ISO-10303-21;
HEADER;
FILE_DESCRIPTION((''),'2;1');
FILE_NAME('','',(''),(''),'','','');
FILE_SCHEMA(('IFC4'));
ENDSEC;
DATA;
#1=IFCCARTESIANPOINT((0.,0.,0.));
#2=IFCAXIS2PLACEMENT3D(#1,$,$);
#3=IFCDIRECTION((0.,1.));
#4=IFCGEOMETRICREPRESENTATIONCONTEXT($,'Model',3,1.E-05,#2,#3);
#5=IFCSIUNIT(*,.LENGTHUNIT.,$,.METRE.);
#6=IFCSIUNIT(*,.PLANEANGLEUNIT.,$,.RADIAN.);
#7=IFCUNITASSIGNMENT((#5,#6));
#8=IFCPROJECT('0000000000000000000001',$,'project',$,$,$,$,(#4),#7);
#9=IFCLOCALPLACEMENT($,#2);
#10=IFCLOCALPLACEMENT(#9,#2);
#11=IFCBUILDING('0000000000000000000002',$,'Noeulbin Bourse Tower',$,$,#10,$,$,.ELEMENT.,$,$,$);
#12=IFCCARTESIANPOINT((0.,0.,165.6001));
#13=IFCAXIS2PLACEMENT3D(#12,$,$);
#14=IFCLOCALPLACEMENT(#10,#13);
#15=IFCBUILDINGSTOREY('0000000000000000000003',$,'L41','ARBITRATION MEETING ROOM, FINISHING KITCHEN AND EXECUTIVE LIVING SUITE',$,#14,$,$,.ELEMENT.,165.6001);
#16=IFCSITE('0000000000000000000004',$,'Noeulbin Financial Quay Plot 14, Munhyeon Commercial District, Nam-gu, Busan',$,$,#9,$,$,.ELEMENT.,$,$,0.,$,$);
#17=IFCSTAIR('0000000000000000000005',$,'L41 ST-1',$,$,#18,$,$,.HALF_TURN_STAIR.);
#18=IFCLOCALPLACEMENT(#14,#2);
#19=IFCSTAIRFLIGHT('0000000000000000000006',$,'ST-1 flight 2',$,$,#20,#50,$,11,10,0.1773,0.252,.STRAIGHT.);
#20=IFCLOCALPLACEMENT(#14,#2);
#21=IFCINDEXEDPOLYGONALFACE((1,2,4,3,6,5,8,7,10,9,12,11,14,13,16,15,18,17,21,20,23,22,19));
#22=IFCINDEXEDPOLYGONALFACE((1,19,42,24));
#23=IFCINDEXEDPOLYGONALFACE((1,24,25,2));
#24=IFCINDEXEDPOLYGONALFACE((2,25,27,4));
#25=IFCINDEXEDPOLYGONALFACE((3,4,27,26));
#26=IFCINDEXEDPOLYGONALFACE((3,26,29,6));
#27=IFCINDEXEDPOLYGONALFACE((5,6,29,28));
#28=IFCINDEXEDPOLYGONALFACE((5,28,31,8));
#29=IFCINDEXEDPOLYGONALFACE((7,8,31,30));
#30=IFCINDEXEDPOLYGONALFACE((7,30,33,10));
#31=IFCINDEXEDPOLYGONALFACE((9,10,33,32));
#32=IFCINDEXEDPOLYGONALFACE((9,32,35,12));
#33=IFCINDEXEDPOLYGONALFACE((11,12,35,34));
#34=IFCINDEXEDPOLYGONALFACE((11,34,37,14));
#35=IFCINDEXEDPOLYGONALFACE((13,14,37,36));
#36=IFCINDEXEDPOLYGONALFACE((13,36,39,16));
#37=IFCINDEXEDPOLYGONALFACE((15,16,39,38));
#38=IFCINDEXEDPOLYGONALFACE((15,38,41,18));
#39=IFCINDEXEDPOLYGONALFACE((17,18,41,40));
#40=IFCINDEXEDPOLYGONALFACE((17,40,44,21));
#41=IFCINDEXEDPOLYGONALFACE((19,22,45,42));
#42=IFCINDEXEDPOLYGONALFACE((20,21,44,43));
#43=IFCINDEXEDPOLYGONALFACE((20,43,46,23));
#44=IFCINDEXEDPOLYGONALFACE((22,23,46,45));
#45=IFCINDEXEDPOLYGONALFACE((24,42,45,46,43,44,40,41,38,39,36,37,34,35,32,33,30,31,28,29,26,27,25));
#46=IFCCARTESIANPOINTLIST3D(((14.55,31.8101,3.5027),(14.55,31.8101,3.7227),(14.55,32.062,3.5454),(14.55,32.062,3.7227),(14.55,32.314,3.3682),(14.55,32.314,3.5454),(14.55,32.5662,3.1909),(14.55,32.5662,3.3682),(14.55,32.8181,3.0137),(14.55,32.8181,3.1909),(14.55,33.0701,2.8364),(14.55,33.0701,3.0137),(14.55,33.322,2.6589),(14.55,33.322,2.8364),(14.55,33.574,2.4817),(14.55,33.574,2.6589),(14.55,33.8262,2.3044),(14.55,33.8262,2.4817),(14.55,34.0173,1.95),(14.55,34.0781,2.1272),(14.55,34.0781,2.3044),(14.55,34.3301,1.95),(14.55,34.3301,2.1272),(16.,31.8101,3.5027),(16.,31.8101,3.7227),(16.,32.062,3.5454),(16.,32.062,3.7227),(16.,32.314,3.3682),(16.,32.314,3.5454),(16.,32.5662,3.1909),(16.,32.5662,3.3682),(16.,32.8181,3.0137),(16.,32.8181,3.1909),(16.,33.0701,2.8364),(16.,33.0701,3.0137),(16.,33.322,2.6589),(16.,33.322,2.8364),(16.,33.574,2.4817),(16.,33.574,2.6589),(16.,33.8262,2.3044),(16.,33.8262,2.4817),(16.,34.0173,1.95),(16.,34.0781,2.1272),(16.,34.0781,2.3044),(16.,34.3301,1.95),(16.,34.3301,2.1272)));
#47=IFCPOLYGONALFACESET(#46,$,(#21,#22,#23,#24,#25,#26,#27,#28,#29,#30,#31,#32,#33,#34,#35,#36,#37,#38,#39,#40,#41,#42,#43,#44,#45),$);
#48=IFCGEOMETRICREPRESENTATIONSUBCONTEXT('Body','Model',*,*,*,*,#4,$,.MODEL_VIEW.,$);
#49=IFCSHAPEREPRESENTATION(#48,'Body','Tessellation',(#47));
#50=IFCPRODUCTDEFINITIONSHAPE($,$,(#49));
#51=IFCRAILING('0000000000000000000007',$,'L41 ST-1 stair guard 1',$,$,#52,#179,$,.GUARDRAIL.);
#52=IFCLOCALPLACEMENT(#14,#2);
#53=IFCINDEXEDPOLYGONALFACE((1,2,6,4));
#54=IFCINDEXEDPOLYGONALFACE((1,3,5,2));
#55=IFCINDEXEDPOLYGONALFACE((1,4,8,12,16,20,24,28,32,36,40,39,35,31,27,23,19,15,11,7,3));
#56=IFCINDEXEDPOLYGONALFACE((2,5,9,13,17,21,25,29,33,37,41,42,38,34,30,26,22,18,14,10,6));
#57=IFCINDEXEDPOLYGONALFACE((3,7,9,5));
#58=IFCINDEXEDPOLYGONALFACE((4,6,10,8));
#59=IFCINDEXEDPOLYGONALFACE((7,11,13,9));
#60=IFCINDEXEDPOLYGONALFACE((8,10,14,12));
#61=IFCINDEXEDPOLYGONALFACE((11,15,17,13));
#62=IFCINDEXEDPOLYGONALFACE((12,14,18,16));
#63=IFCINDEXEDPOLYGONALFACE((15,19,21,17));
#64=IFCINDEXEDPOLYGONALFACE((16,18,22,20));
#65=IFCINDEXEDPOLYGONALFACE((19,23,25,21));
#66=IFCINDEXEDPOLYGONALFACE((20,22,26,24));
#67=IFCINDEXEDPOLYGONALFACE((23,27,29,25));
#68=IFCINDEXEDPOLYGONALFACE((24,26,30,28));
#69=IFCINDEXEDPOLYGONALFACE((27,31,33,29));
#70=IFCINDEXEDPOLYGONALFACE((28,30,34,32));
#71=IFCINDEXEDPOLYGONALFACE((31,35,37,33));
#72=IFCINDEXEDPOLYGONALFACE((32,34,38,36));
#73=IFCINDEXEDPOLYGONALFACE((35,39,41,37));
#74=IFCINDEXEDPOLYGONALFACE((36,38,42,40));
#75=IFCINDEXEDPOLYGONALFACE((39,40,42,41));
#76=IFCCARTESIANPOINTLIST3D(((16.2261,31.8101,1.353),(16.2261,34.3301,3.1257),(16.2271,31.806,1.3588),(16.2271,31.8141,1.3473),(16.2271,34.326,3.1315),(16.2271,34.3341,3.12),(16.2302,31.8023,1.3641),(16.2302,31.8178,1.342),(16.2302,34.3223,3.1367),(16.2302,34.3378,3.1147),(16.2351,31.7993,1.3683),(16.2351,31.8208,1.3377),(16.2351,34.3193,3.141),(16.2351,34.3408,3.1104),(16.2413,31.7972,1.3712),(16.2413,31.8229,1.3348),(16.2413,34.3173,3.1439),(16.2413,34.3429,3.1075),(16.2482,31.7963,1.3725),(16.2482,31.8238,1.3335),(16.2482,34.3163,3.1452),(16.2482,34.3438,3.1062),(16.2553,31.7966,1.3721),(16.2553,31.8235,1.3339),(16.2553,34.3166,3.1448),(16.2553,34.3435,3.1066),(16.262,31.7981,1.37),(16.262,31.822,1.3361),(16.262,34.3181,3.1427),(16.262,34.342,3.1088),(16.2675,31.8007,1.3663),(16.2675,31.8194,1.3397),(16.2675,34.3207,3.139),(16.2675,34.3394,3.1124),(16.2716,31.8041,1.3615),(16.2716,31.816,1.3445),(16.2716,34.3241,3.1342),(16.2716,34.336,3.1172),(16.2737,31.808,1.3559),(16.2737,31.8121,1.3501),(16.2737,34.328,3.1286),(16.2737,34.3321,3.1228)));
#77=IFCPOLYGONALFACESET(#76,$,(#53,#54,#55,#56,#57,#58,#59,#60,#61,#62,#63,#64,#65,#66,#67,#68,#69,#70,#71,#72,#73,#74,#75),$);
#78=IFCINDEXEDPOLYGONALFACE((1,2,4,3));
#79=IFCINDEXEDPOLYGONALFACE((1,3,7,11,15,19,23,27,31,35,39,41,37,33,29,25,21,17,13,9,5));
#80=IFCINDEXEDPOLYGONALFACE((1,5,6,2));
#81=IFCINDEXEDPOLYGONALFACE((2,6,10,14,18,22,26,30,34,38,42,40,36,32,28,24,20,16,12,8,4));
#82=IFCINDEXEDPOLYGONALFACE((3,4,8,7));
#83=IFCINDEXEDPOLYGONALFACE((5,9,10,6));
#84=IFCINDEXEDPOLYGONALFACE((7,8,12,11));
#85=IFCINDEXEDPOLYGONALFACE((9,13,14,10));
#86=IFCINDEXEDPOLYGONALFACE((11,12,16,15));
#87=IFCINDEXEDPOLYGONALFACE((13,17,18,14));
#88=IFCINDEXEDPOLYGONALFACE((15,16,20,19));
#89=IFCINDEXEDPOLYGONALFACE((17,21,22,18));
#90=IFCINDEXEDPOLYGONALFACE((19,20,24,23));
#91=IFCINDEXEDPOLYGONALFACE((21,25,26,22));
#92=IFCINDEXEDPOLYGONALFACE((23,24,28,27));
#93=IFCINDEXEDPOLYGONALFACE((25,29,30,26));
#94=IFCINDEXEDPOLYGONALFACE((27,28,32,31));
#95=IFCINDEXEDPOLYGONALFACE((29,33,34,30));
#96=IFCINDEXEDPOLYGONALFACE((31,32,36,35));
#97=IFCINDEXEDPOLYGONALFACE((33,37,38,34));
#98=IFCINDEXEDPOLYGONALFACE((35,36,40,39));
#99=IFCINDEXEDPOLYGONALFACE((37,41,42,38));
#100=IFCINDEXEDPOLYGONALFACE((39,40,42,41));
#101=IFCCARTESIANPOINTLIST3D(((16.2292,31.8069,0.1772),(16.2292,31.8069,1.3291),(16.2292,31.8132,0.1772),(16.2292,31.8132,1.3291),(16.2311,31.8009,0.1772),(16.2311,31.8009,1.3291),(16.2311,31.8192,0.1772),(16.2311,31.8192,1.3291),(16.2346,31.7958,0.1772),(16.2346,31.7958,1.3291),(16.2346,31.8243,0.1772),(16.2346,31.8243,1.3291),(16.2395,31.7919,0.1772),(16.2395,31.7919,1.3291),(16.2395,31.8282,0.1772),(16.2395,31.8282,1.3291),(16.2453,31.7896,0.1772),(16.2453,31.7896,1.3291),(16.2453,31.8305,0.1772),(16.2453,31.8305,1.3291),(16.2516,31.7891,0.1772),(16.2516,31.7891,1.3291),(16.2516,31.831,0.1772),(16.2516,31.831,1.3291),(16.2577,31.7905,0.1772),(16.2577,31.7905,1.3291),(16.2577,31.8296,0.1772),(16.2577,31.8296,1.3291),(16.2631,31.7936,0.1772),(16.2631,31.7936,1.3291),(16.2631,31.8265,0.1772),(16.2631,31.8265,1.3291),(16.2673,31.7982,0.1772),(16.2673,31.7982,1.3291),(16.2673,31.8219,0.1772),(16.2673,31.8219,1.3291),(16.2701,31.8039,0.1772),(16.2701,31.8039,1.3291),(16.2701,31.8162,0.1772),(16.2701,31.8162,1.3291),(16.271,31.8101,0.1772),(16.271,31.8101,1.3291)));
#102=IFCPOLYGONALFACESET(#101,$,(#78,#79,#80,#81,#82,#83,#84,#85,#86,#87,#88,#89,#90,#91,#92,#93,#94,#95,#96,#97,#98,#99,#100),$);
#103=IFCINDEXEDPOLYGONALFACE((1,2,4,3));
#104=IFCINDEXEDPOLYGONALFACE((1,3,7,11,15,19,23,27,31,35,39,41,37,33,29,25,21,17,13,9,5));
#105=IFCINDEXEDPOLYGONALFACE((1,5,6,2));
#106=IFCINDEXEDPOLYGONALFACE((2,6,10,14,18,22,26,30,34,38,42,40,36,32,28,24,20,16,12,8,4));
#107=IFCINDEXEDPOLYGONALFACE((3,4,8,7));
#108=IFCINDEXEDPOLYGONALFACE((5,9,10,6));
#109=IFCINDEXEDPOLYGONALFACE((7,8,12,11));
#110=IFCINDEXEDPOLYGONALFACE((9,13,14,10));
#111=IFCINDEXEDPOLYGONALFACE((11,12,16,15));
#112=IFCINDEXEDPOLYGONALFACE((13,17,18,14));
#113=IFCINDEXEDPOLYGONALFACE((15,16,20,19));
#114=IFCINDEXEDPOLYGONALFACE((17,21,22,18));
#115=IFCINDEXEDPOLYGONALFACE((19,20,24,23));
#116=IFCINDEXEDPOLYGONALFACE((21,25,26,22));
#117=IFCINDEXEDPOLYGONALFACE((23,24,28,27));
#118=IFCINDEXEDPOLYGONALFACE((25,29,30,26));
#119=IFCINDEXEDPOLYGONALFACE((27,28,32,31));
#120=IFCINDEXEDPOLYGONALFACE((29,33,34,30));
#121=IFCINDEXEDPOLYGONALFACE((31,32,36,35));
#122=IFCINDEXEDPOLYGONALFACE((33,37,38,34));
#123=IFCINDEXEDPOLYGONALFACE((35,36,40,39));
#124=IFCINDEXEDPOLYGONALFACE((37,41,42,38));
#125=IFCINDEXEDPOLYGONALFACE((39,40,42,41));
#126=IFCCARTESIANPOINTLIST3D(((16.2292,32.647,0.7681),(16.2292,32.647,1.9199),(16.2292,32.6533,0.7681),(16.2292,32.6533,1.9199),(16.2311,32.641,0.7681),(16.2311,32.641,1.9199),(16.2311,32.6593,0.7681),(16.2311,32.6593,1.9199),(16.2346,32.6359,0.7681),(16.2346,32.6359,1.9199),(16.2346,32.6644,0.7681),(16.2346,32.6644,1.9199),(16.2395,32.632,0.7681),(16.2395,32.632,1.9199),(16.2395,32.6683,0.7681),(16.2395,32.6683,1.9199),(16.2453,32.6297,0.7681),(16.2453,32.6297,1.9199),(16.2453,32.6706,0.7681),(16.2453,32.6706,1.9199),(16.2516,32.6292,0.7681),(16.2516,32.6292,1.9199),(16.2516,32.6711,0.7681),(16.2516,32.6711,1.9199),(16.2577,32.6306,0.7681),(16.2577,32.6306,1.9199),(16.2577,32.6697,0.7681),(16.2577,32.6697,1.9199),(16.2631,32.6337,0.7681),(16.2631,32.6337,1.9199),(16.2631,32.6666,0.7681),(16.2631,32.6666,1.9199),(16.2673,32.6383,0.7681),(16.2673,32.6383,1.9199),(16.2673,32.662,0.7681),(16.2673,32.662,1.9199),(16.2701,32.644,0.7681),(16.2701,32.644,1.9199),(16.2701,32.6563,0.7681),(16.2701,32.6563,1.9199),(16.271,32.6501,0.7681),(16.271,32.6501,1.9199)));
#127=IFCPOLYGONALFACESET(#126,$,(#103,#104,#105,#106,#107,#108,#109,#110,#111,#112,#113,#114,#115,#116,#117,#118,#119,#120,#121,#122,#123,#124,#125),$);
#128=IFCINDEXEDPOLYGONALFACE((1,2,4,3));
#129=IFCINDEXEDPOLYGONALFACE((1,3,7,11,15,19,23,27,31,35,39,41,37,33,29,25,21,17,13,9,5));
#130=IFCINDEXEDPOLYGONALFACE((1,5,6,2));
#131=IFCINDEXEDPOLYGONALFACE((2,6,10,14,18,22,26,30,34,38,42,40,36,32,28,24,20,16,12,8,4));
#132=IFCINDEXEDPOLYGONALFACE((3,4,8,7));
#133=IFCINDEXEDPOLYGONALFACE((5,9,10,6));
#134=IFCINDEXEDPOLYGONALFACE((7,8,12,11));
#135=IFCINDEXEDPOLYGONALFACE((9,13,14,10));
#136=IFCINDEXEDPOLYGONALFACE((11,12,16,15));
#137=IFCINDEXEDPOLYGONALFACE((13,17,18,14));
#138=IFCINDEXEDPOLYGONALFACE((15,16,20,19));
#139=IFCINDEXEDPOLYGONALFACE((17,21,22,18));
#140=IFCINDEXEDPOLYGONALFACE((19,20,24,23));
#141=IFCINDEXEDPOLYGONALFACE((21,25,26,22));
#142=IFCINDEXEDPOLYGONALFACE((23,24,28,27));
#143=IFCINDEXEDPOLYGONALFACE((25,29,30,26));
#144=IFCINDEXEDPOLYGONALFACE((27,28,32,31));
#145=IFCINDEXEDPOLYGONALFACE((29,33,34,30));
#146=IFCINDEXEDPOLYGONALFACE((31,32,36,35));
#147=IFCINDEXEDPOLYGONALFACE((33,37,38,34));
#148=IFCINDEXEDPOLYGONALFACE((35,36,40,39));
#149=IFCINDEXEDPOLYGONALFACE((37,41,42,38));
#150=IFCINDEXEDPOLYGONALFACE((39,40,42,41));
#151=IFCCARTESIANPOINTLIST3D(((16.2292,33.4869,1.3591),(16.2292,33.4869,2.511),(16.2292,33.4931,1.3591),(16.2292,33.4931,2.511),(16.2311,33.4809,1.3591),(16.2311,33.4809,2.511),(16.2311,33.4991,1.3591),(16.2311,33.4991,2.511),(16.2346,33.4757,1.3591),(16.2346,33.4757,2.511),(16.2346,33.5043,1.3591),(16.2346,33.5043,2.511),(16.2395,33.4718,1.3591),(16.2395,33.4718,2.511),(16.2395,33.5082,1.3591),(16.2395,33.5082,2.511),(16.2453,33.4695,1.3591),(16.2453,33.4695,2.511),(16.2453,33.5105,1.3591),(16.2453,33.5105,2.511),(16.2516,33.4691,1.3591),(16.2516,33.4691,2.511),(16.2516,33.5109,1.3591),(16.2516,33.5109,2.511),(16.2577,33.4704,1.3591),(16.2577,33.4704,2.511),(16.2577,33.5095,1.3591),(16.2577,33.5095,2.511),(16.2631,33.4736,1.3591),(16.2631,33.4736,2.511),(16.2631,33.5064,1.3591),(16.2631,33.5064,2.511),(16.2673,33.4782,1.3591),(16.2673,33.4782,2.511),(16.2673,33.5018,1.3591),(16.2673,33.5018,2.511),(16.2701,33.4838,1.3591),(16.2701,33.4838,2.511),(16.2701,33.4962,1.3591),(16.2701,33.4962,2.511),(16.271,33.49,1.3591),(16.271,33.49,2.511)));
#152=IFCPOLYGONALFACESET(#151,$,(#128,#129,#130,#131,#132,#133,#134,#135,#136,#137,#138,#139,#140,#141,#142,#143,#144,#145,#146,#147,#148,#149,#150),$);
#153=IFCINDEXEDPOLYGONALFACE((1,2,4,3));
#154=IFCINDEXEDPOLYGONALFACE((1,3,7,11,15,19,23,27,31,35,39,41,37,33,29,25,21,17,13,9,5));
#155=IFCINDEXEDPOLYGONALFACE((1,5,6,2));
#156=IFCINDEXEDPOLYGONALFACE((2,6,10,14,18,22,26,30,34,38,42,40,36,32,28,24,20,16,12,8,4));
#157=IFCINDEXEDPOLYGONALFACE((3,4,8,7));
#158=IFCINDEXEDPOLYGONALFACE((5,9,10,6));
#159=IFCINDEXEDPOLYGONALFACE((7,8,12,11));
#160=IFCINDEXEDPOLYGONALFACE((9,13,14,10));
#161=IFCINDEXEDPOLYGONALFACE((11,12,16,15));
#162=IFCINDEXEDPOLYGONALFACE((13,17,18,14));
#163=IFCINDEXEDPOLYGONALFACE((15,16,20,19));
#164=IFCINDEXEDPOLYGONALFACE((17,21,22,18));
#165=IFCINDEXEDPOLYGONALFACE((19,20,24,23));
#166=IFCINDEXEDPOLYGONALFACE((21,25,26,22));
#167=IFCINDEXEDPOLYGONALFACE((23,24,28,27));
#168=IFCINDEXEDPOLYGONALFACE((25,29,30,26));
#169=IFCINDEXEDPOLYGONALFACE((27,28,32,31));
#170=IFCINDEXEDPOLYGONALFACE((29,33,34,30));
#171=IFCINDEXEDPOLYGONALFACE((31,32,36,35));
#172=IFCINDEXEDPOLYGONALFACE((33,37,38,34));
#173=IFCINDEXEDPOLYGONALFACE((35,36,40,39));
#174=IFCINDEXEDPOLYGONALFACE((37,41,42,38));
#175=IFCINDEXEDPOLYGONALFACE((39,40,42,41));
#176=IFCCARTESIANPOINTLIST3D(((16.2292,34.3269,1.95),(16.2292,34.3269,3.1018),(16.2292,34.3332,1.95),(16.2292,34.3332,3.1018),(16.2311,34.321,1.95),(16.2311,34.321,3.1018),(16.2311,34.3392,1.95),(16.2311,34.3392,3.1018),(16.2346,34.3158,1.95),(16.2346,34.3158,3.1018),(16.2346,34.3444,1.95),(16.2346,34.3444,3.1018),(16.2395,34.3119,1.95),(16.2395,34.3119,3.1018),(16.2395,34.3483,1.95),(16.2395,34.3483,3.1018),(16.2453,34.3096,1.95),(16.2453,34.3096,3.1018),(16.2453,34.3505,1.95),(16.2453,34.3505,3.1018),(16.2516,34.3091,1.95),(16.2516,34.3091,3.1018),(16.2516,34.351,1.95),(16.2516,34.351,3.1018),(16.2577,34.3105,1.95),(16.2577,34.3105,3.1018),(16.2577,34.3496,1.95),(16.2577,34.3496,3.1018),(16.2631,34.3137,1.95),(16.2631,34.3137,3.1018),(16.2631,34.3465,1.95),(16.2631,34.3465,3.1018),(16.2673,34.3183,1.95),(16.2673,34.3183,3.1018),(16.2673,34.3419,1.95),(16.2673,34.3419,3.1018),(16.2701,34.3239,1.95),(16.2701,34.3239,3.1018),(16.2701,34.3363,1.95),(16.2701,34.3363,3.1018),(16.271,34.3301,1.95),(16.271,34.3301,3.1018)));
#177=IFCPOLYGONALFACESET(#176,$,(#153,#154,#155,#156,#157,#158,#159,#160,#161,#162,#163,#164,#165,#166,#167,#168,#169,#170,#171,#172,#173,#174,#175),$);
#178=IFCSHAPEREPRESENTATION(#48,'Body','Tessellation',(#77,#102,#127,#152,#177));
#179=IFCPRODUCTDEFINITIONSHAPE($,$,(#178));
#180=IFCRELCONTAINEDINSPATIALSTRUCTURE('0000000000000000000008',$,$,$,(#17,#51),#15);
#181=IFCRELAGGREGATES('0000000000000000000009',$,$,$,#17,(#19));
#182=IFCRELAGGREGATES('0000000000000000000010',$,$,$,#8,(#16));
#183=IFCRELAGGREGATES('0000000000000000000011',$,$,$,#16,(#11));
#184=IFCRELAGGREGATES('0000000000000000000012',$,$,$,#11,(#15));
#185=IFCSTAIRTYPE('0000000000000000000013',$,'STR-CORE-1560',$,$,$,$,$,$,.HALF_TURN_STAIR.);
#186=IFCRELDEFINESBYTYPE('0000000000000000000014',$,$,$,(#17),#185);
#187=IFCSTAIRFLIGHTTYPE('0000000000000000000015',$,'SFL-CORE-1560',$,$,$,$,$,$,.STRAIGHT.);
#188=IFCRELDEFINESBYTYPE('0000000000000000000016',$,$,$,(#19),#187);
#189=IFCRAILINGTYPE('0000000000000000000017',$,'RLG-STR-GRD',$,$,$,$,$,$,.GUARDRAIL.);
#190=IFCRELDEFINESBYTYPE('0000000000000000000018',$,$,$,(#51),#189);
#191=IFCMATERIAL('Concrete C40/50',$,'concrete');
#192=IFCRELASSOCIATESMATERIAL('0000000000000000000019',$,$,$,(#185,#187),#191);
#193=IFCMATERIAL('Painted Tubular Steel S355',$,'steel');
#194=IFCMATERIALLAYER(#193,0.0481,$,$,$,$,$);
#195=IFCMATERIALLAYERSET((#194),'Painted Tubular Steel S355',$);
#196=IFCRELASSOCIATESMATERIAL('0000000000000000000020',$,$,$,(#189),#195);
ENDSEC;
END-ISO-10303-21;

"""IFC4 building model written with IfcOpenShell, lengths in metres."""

from ifc_helpers import new_model, si_unit, direction, frame, origin, origin_2d, place, context, subcontext, project, spatial, polyline, circle, outline, extrude, material, layer, layer_set, type_object, element, aggregate, save


model = new_model("IFC4")

# Units and contexts
model_context = context("Model", 3, precision=1e-05, world=origin(), true_north=direction((0.0, 1.0)))
body_context = subcontext(model_context, "Body", "Model", "MODEL_VIEW")
ifc_project = project(units=[si_unit("LENGTHUNIT", "METRE"), si_unit("PLANEANGLEUNIT", "RADIAN")], contexts=[model_context])

# Site, building, storey
site_placement = place(None, origin())
site = spatial("IfcSite", under=ifc_project, at=site_placement, Name="Noeulbin Financial Quay Plot 14, Munhyeon Commercial District, Nam-gu, Busan", CompositionType="ELEMENT", RefElevation=0.0)
building_placement = place(site_placement, origin())
building = spatial("IfcBuilding", under=site, at=building_placement, Name="Noeulbin Bourse Tower", CompositionType="ELEMENT")
storey_placement = place(building_placement, frame((0.0, 0.0, 165.6001)))
storey = spatial("IfcBuildingStorey", under=building, at=storey_placement, Name="L41", Description="ARBITRATION MEETING ROOM, FINISHING KITCHEN AND EXECUTIVE LIVING SUITE", CompositionType="ELEMENT", Elevation=165.6001)

# Shared definitions
ifc_material_1 = material(Name="Concrete C40/50", Category="concrete")

# Stair, stair flight
stair_type = type_object("IfcStairType", Name="STR-CORE-1560", PredefinedType="HALF_TURN_STAIR", material=ifc_material_1)
stair_placement = place(storey_placement, origin())
stair = element("IfcStair", 1, at=stair_placement, inside=storey, type_object=stair_type, Name="L41 ST-1", PredefinedType="HALF_TURN_STAIR")
stair_flight_type = type_object("IfcStairFlightType", Name="SFL-CORE-1560", PredefinedType="STRAIGHT", material=ifc_material_1)
stair_flight_1_placement = place(storey_placement, frame((15.2749, 34.3301, 1.95), z_axis=(0.0, 0.0, 1.0), x_axis=(0.0, -1.0, 0.0)))
stair_flight_1 = element("IfcStairFlight", 2, at=stair_flight_1_placement, type_object=stair_flight_type, Name="ST-1 flight 2", NumberOfRisers=11, NumberOfTreads=10, PredefinedType="STRAIGHT", RiserHeight=0.1773, TreadLength=0.252, context=body_context, shape_type="SweptSolid", body=[
    extrude(outline(polyline([(0.0, 0.0), (0.0, 0.1772), (0.252, 0.1772), (0.252, 0.3545), (0.5039, 0.3545), (0.5039, 0.5317), (0.7561, 0.5317), (0.7561, 0.709), (1.0081, 0.709), (1.0081, 0.8865), (1.26, 0.8865), (1.26, 1.0637), (1.512, 1.0637), (1.512, 1.241), (1.7639, 1.241), (1.7639, 1.4182), (2.0161, 1.4182), (2.0161, 1.5955), (2.2681, 1.5955), (2.2681, 1.7727), (2.52, 1.7727), (2.52, 1.95), (2.52, 1.5527), (0.3127, 0.0), (0.0, 0.0)])), frame((0.0, 0.7251, 0.0), z_axis=(0.0, -1.0, 0.0), x_axis=(1.0, 0.0, 0.0)), (0.0, 0.0, 1.0), 1.45),
])
aggregate(stair, [stair_flight_1])

# Railing
ifc_material_2 = material(Name="Painted Tubular Steel S355", Category="steel")
ifc_layer_1 = layer(ifc_material_2, 0.0481)
ifc_layer_set_1 = layer_set([ifc_layer_1], Name="Painted Tubular Steel S355")
railing_type_1 = type_object("IfcRailingType", Name="RLG-STR-GRD", PredefinedType="GUARDRAIL", material=ifc_layer_set_1)
railing_1_placement = place(storey_placement, frame((16.25, 31.8101, 0.1772)))
element("IfcRailing", 3, at=railing_1_placement, inside=storey, type_object=railing_type_1, Name="L41 ST-1 stair guard 1", PredefinedType="GUARDRAIL", context=body_context, shape_type="SweptSolid", body=[
    extrude(circle(Radius=0.0239, at=origin_2d()), frame((0.0, 0.0, 1.1758), z_axis=(0.0, 0.817904, 0.575354), x_axis=(-1.0, 0.0, 0.0)), (0.0, 0.0, 1.0), 3.0811),
    extrude(circle(Radius=0.021, at=origin_2d()), origin(), (0.0, 0.0, 1.0), 1.1519),
    extrude(circle(Radius=0.021, at=origin_2d()), frame((0.0, 0.8401, 0.5908)), (0.0, 0.0, 1.0), 1.1519),
    extrude(circle(Radius=0.021, at=origin_2d()), frame((0.0, 1.6799, 1.1819)), (0.0, 0.0, 1.0), 1.1519),
    extrude(circle(Radius=0.021, at=origin_2d()), frame((0.0, 2.52, 1.7727)), (0.0, 0.0, 1.0), 1.1519),
])

save(model, "model.ifc")
